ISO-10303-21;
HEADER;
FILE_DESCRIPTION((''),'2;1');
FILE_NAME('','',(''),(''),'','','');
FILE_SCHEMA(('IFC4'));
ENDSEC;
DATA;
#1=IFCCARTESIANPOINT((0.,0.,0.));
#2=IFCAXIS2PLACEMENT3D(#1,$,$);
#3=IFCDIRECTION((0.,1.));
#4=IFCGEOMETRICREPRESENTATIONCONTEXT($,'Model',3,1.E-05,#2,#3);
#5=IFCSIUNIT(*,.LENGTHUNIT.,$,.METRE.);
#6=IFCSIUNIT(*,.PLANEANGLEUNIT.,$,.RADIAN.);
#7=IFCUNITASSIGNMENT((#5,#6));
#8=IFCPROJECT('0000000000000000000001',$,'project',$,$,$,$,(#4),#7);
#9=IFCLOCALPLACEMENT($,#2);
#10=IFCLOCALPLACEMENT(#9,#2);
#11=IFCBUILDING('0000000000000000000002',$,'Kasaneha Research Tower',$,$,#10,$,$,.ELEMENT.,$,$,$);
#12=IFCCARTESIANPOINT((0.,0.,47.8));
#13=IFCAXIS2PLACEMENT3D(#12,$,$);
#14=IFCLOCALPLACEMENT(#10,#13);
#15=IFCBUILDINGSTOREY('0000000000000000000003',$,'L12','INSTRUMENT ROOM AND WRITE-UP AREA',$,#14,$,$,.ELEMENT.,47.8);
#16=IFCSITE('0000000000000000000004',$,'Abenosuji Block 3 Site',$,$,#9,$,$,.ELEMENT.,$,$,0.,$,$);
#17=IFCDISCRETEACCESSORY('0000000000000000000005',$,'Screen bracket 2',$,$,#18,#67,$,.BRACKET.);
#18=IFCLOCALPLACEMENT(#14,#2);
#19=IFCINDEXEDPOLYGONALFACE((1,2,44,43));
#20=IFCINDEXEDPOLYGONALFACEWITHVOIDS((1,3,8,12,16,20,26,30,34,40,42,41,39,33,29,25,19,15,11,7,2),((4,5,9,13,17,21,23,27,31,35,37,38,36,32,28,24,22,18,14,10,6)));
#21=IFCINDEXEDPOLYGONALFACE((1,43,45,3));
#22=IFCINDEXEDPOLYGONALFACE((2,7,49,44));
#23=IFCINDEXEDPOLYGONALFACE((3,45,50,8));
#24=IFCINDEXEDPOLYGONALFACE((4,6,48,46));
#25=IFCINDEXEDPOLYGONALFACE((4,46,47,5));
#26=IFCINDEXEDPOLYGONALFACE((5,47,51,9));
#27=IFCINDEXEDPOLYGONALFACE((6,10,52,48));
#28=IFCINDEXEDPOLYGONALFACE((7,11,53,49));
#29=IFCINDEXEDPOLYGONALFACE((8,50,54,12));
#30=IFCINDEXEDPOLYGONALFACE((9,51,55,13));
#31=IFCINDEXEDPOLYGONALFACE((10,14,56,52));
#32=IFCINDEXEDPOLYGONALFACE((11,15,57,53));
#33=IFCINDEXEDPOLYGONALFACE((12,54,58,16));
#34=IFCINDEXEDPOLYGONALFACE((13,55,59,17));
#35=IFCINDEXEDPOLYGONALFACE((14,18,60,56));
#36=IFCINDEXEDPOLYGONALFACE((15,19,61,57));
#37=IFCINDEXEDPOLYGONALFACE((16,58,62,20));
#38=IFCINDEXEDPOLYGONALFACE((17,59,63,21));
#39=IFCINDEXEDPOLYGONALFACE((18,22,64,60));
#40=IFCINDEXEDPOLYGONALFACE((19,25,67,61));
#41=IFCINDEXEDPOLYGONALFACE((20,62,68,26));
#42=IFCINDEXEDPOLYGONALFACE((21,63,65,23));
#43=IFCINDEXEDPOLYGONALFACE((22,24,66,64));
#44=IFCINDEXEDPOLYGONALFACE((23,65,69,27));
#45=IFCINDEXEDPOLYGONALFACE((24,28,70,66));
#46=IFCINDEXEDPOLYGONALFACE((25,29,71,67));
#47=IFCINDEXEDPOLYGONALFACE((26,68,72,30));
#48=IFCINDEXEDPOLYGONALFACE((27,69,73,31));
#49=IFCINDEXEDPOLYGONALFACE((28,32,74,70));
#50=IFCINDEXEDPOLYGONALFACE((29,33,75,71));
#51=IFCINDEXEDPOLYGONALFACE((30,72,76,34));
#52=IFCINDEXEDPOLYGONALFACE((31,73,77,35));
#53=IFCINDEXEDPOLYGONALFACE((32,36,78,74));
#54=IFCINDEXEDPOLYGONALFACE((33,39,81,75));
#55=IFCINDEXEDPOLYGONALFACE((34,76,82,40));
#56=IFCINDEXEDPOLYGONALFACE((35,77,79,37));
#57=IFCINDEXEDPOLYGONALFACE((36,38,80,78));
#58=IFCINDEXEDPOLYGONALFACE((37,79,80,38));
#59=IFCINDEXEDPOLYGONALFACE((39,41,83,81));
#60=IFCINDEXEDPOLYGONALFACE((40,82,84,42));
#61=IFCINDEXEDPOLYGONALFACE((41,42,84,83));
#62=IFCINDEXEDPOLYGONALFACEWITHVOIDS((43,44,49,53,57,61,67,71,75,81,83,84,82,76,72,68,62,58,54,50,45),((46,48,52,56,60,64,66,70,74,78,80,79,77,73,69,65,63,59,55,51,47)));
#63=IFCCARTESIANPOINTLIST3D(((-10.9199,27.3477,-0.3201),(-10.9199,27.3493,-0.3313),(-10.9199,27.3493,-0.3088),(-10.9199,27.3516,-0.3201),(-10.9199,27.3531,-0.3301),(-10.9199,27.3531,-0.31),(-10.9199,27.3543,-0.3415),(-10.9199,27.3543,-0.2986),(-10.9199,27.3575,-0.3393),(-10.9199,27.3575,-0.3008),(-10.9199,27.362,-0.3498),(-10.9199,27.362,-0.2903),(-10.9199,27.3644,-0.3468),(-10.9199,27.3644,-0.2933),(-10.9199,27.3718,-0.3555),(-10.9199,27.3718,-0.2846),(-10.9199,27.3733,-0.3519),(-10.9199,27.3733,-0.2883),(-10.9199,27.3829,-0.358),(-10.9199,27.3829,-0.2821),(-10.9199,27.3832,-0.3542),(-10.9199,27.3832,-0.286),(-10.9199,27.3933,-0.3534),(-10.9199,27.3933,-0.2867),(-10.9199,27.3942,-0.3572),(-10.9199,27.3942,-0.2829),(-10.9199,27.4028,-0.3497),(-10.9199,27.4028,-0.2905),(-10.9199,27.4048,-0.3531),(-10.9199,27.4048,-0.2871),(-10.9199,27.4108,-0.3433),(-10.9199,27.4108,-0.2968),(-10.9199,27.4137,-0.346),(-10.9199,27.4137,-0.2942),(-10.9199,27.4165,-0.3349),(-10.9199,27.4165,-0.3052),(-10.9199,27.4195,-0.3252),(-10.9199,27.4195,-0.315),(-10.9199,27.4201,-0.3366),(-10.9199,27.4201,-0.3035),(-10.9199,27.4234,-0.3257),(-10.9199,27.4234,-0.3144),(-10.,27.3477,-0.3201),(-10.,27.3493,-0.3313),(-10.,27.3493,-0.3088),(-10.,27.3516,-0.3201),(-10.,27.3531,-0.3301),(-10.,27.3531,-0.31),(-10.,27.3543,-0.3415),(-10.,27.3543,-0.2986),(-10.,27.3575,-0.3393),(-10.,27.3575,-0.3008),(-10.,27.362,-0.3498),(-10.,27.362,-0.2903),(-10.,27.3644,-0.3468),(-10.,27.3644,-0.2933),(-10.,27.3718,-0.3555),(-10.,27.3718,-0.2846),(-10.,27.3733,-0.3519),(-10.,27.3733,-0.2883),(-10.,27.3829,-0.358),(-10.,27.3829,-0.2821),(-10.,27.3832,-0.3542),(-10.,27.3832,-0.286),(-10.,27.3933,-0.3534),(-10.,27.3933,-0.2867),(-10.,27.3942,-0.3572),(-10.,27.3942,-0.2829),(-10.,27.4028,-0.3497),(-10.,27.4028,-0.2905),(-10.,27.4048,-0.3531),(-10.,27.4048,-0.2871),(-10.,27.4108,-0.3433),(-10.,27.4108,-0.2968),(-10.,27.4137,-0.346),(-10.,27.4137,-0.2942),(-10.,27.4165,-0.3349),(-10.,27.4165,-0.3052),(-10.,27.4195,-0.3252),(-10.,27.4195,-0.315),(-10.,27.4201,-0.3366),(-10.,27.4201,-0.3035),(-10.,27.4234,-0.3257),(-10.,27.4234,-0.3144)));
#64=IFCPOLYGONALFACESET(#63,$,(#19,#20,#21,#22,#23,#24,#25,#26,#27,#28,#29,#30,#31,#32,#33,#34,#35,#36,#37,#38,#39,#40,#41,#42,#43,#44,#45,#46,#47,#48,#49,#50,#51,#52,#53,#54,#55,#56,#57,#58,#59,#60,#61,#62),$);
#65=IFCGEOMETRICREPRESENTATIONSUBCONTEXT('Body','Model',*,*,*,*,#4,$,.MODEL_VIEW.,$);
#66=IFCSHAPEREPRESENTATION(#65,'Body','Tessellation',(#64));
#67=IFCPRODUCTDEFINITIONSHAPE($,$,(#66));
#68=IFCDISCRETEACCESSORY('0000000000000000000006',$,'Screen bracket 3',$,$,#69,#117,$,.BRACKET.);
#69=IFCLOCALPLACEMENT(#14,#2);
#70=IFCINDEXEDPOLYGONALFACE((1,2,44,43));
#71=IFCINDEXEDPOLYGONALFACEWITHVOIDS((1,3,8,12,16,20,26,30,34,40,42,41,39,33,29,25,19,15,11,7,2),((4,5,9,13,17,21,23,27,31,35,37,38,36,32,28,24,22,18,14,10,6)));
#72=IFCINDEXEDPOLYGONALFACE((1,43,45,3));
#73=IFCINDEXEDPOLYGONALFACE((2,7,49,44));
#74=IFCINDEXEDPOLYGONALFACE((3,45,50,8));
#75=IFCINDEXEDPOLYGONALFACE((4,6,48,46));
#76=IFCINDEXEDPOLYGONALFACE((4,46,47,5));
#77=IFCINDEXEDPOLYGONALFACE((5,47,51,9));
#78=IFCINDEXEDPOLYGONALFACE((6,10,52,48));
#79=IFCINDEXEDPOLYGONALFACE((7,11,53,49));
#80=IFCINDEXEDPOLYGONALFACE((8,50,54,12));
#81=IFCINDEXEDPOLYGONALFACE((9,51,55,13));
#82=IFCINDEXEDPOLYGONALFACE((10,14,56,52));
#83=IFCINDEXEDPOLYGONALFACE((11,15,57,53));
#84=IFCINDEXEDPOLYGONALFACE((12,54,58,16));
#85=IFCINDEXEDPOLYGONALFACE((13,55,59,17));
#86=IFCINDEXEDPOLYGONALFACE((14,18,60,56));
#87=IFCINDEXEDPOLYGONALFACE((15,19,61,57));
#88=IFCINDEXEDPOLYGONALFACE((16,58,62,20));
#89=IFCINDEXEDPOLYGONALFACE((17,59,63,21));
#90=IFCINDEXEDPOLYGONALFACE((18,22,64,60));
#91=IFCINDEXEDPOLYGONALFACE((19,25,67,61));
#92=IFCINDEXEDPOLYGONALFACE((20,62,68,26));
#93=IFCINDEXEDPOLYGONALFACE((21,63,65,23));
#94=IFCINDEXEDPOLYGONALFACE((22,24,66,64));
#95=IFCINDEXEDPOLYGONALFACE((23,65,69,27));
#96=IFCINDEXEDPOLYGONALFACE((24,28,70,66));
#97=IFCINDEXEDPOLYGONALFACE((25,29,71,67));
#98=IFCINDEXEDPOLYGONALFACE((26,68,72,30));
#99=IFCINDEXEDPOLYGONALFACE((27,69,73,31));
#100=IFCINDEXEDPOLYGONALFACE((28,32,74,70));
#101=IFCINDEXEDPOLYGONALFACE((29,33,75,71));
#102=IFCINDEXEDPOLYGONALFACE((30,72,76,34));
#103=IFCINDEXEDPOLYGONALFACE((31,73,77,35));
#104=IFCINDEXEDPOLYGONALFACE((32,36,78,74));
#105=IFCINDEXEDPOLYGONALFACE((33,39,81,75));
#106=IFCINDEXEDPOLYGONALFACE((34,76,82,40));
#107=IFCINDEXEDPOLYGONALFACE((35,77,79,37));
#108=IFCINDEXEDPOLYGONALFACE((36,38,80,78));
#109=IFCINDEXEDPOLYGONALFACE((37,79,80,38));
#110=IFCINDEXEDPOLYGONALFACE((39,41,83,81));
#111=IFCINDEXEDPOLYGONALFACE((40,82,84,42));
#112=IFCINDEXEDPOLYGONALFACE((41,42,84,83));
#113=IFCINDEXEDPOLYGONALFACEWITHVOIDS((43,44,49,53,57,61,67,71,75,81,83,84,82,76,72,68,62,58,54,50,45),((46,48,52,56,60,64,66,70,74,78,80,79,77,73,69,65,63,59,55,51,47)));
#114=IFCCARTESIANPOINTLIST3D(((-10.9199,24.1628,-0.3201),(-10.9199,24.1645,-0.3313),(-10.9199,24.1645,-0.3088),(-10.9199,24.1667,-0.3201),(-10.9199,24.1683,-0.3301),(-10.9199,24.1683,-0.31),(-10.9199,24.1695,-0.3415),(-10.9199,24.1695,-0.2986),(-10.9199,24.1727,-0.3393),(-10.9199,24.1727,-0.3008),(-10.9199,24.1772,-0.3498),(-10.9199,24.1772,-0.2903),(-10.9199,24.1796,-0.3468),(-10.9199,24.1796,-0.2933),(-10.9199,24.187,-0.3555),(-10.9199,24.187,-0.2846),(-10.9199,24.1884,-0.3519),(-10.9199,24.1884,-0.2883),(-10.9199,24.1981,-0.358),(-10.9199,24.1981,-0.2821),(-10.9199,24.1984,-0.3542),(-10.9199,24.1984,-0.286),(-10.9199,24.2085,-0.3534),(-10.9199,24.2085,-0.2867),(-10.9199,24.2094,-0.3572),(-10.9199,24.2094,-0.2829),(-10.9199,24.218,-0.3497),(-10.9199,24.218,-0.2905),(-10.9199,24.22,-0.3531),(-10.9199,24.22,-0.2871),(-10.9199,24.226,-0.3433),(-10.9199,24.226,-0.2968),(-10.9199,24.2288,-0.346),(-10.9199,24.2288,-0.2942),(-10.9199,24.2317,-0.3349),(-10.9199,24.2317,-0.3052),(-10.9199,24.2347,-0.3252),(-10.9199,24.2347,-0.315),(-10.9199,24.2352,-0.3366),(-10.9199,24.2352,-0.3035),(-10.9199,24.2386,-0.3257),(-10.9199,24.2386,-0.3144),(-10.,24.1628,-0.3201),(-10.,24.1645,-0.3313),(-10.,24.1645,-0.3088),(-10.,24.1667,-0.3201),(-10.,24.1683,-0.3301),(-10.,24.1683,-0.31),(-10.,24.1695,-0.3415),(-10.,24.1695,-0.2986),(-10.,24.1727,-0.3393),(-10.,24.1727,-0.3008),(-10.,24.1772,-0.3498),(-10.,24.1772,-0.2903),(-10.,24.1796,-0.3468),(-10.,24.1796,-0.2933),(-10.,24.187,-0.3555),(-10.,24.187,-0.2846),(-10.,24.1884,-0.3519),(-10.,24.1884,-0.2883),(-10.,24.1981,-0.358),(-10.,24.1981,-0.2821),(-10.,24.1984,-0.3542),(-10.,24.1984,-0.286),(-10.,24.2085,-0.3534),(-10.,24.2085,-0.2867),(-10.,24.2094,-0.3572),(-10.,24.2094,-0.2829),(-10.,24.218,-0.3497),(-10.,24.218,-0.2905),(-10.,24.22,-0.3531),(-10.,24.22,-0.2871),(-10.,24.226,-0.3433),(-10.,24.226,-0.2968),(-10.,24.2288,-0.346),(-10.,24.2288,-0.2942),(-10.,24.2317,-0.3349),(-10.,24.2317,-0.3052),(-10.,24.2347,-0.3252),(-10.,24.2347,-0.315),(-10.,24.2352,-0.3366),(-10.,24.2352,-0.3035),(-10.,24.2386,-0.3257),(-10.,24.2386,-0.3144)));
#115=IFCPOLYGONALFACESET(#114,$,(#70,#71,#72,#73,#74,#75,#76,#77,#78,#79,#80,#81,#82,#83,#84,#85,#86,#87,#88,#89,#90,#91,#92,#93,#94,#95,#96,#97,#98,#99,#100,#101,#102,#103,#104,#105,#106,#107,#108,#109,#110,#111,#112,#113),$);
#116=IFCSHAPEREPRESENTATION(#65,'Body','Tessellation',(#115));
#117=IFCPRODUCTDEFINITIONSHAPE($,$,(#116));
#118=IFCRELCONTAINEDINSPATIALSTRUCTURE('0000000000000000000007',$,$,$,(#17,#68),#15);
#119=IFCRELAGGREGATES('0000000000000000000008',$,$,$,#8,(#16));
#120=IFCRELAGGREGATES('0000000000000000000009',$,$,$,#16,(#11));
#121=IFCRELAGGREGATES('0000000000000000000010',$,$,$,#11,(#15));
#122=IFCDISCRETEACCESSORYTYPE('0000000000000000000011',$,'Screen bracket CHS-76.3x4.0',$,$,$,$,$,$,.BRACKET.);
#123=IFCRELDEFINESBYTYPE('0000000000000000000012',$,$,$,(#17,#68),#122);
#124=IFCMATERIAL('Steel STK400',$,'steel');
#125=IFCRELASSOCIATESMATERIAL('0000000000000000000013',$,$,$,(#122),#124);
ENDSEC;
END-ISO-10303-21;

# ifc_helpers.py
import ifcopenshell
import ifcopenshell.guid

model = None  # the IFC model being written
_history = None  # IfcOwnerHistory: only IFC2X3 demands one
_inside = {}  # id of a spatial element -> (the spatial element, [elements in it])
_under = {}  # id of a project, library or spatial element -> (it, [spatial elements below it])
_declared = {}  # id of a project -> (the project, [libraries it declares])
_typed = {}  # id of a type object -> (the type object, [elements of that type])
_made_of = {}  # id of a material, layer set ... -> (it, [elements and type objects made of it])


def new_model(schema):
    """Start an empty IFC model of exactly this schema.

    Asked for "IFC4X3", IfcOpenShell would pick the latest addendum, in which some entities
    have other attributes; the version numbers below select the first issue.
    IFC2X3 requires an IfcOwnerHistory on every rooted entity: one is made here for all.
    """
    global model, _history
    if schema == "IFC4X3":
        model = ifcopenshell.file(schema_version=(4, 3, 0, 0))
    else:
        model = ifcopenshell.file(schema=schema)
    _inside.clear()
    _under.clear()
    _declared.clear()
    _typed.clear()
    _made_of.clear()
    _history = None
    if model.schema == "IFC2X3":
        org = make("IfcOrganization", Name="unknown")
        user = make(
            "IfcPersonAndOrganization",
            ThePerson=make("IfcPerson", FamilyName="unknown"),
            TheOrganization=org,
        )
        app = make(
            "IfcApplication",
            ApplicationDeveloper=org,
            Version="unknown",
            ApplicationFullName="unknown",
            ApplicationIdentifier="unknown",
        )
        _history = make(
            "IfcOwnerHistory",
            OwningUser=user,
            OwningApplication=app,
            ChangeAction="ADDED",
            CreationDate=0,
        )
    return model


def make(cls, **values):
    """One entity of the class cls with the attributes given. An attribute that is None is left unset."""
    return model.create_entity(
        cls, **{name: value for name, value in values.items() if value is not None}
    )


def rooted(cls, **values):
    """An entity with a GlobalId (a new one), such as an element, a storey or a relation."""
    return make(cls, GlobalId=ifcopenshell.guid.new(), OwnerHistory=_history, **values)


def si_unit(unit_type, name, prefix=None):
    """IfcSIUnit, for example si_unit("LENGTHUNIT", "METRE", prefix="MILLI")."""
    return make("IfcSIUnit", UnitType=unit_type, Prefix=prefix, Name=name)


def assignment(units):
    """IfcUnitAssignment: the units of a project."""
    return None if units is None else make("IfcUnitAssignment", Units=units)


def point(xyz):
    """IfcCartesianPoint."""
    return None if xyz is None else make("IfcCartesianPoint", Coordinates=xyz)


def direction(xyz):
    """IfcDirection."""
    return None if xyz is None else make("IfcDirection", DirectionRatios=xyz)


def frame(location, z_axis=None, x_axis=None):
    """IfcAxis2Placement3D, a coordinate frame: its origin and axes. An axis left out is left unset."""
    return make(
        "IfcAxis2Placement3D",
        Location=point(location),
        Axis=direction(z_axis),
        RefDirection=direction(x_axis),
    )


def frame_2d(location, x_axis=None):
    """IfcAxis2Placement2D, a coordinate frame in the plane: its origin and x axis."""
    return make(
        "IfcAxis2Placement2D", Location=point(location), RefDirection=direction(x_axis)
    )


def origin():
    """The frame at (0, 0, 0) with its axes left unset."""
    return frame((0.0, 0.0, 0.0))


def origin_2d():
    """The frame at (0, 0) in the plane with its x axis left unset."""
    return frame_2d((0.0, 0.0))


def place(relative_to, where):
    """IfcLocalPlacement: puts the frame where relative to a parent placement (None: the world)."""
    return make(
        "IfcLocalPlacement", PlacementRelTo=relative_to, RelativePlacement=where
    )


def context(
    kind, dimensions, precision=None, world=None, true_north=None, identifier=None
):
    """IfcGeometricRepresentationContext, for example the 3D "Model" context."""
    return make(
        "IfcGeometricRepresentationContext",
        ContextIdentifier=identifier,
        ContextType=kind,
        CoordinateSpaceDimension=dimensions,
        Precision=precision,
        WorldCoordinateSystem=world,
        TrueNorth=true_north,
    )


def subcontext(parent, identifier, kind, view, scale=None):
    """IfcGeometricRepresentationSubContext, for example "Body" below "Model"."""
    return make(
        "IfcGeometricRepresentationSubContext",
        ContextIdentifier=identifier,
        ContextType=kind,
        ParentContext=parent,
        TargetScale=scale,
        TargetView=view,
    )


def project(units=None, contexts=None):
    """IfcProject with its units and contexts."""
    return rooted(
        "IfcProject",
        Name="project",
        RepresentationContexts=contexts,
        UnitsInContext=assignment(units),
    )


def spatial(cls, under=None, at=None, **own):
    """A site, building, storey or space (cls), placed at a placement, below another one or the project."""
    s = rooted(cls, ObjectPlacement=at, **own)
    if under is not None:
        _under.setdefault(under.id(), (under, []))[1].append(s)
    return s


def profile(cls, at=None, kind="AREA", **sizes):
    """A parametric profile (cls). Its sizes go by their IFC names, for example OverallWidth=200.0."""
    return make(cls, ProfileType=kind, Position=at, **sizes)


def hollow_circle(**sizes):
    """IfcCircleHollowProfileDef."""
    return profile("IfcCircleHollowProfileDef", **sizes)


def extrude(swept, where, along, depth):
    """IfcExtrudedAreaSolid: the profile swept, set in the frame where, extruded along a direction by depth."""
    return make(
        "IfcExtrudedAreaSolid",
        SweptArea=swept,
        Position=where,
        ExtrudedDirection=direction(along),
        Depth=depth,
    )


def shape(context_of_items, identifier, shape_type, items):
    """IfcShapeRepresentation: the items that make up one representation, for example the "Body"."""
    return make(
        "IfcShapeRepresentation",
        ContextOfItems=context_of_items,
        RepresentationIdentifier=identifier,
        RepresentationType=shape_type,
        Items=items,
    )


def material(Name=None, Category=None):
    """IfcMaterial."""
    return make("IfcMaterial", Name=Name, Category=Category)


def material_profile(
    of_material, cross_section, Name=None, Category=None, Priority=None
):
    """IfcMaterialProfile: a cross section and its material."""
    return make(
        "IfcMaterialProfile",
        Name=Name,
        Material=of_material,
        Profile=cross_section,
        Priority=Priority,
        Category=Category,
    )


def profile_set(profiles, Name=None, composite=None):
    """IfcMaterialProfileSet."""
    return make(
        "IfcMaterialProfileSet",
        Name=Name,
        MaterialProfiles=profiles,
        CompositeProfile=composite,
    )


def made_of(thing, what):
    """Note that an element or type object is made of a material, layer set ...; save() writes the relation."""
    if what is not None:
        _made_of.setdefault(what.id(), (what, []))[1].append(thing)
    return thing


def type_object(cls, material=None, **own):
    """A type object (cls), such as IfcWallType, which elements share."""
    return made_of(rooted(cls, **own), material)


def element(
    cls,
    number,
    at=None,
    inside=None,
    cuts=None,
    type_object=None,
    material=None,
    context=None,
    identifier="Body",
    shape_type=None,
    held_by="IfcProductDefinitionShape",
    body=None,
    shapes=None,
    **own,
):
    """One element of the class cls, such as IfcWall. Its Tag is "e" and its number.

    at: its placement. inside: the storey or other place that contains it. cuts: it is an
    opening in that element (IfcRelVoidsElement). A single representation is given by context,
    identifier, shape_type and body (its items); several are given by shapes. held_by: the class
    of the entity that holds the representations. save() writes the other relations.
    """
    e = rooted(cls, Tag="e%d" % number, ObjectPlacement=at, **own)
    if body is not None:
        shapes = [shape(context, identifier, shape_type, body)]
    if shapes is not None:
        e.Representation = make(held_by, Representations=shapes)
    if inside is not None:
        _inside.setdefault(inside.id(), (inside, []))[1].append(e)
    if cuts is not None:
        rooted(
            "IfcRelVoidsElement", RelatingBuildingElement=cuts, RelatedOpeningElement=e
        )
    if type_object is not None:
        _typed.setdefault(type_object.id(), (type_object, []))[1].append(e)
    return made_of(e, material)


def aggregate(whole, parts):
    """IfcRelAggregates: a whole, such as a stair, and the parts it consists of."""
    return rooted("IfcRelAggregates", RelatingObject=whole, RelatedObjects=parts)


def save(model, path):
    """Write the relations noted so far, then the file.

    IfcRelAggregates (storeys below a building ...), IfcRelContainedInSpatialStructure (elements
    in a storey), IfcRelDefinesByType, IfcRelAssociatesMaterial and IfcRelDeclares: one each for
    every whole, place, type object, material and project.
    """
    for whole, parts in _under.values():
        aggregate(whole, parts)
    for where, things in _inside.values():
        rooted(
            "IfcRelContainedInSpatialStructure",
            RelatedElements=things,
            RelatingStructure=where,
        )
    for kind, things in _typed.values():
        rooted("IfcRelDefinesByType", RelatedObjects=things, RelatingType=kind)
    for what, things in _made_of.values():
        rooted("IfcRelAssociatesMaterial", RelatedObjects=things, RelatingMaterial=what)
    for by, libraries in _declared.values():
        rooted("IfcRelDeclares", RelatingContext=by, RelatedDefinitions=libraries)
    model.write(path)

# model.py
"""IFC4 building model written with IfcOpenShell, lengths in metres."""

from ifc_helpers import new_model, si_unit, direction, frame, origin, origin_2d, place, context, subcontext, project, spatial, hollow_circle, extrude, material, material_profile, profile_set, type_object, element, save


model = new_model("IFC4")

# Units and contexts
model_context = context("Model", 3, precision=1e-05, world=origin(), true_north=direction((0.0, 1.0)))
body_context = subcontext(model_context, "Body", "Model", "MODEL_VIEW")
ifc_project = project(units=[si_unit("LENGTHUNIT", "METRE"), si_unit("PLANEANGLEUNIT", "RADIAN")], contexts=[model_context])

# Site, building, storey
site_placement = place(None, origin())
site = spatial("IfcSite", under=ifc_project, at=site_placement, Name="Abenosuji Block 3 Site", CompositionType="ELEMENT", RefElevation=0.0)
building_placement = place(site_placement, origin())
building = spatial("IfcBuilding", under=site, at=building_placement, Name="Kasaneha Research Tower", CompositionType="ELEMENT")
storey_placement = place(building_placement, frame((0.0, 0.0, 47.8)))
storey = spatial("IfcBuildingStorey", under=building, at=storey_placement, Name="L12", Description="INSTRUMENT ROOM AND WRITE-UP AREA", CompositionType="ELEMENT", Elevation=47.8)

# Discrete accessories
ifc_material_1 = material(Name="Steel STK400", Category="steel")
ifc_material_profile_1 = material_profile(ifc_material_1, hollow_circle(Radius=0.0381, WallThickness=0.0039, at=origin_2d()), Name="CHS-76.3x4.0")
ifc_profile_set_1 = profile_set([ifc_material_profile_1], Name="Steel STK400")
discrete_accessory_type = type_object("IfcDiscreteAccessoryType", Name="Screen bracket CHS-76.3x4.0", PredefinedType="BRACKET", material=ifc_profile_set_1)
for number, where, z_axis, x_axis, name in (
    (1, (-10.0, 27.3857, -0.3201), (-1.0, 0.0, 0.0), (0.0, -1.0, 0.0), "Screen bracket 2"),
    (2, (-10.0, 24.2009, -0.3201), (-1.0, 0.0, 0.0), (0.0, -1.0, 0.0), "Screen bracket 3"),
):
    element("IfcDiscreteAccessory", number, at=place(storey_placement, frame(where, z_axis=z_axis, x_axis=x_axis)), inside=storey, type_object=discrete_accessory_type, Name=name, PredefinedType="BRACKET", context=body_context, shape_type="SweptSolid", body=[
        extrude(hollow_circle(Radius=0.0381, WallThickness=0.0039, at=origin_2d()), origin(), (0.0, 0.0, 1.0), 0.9199),
    ])

save(model, "model.ifc")
